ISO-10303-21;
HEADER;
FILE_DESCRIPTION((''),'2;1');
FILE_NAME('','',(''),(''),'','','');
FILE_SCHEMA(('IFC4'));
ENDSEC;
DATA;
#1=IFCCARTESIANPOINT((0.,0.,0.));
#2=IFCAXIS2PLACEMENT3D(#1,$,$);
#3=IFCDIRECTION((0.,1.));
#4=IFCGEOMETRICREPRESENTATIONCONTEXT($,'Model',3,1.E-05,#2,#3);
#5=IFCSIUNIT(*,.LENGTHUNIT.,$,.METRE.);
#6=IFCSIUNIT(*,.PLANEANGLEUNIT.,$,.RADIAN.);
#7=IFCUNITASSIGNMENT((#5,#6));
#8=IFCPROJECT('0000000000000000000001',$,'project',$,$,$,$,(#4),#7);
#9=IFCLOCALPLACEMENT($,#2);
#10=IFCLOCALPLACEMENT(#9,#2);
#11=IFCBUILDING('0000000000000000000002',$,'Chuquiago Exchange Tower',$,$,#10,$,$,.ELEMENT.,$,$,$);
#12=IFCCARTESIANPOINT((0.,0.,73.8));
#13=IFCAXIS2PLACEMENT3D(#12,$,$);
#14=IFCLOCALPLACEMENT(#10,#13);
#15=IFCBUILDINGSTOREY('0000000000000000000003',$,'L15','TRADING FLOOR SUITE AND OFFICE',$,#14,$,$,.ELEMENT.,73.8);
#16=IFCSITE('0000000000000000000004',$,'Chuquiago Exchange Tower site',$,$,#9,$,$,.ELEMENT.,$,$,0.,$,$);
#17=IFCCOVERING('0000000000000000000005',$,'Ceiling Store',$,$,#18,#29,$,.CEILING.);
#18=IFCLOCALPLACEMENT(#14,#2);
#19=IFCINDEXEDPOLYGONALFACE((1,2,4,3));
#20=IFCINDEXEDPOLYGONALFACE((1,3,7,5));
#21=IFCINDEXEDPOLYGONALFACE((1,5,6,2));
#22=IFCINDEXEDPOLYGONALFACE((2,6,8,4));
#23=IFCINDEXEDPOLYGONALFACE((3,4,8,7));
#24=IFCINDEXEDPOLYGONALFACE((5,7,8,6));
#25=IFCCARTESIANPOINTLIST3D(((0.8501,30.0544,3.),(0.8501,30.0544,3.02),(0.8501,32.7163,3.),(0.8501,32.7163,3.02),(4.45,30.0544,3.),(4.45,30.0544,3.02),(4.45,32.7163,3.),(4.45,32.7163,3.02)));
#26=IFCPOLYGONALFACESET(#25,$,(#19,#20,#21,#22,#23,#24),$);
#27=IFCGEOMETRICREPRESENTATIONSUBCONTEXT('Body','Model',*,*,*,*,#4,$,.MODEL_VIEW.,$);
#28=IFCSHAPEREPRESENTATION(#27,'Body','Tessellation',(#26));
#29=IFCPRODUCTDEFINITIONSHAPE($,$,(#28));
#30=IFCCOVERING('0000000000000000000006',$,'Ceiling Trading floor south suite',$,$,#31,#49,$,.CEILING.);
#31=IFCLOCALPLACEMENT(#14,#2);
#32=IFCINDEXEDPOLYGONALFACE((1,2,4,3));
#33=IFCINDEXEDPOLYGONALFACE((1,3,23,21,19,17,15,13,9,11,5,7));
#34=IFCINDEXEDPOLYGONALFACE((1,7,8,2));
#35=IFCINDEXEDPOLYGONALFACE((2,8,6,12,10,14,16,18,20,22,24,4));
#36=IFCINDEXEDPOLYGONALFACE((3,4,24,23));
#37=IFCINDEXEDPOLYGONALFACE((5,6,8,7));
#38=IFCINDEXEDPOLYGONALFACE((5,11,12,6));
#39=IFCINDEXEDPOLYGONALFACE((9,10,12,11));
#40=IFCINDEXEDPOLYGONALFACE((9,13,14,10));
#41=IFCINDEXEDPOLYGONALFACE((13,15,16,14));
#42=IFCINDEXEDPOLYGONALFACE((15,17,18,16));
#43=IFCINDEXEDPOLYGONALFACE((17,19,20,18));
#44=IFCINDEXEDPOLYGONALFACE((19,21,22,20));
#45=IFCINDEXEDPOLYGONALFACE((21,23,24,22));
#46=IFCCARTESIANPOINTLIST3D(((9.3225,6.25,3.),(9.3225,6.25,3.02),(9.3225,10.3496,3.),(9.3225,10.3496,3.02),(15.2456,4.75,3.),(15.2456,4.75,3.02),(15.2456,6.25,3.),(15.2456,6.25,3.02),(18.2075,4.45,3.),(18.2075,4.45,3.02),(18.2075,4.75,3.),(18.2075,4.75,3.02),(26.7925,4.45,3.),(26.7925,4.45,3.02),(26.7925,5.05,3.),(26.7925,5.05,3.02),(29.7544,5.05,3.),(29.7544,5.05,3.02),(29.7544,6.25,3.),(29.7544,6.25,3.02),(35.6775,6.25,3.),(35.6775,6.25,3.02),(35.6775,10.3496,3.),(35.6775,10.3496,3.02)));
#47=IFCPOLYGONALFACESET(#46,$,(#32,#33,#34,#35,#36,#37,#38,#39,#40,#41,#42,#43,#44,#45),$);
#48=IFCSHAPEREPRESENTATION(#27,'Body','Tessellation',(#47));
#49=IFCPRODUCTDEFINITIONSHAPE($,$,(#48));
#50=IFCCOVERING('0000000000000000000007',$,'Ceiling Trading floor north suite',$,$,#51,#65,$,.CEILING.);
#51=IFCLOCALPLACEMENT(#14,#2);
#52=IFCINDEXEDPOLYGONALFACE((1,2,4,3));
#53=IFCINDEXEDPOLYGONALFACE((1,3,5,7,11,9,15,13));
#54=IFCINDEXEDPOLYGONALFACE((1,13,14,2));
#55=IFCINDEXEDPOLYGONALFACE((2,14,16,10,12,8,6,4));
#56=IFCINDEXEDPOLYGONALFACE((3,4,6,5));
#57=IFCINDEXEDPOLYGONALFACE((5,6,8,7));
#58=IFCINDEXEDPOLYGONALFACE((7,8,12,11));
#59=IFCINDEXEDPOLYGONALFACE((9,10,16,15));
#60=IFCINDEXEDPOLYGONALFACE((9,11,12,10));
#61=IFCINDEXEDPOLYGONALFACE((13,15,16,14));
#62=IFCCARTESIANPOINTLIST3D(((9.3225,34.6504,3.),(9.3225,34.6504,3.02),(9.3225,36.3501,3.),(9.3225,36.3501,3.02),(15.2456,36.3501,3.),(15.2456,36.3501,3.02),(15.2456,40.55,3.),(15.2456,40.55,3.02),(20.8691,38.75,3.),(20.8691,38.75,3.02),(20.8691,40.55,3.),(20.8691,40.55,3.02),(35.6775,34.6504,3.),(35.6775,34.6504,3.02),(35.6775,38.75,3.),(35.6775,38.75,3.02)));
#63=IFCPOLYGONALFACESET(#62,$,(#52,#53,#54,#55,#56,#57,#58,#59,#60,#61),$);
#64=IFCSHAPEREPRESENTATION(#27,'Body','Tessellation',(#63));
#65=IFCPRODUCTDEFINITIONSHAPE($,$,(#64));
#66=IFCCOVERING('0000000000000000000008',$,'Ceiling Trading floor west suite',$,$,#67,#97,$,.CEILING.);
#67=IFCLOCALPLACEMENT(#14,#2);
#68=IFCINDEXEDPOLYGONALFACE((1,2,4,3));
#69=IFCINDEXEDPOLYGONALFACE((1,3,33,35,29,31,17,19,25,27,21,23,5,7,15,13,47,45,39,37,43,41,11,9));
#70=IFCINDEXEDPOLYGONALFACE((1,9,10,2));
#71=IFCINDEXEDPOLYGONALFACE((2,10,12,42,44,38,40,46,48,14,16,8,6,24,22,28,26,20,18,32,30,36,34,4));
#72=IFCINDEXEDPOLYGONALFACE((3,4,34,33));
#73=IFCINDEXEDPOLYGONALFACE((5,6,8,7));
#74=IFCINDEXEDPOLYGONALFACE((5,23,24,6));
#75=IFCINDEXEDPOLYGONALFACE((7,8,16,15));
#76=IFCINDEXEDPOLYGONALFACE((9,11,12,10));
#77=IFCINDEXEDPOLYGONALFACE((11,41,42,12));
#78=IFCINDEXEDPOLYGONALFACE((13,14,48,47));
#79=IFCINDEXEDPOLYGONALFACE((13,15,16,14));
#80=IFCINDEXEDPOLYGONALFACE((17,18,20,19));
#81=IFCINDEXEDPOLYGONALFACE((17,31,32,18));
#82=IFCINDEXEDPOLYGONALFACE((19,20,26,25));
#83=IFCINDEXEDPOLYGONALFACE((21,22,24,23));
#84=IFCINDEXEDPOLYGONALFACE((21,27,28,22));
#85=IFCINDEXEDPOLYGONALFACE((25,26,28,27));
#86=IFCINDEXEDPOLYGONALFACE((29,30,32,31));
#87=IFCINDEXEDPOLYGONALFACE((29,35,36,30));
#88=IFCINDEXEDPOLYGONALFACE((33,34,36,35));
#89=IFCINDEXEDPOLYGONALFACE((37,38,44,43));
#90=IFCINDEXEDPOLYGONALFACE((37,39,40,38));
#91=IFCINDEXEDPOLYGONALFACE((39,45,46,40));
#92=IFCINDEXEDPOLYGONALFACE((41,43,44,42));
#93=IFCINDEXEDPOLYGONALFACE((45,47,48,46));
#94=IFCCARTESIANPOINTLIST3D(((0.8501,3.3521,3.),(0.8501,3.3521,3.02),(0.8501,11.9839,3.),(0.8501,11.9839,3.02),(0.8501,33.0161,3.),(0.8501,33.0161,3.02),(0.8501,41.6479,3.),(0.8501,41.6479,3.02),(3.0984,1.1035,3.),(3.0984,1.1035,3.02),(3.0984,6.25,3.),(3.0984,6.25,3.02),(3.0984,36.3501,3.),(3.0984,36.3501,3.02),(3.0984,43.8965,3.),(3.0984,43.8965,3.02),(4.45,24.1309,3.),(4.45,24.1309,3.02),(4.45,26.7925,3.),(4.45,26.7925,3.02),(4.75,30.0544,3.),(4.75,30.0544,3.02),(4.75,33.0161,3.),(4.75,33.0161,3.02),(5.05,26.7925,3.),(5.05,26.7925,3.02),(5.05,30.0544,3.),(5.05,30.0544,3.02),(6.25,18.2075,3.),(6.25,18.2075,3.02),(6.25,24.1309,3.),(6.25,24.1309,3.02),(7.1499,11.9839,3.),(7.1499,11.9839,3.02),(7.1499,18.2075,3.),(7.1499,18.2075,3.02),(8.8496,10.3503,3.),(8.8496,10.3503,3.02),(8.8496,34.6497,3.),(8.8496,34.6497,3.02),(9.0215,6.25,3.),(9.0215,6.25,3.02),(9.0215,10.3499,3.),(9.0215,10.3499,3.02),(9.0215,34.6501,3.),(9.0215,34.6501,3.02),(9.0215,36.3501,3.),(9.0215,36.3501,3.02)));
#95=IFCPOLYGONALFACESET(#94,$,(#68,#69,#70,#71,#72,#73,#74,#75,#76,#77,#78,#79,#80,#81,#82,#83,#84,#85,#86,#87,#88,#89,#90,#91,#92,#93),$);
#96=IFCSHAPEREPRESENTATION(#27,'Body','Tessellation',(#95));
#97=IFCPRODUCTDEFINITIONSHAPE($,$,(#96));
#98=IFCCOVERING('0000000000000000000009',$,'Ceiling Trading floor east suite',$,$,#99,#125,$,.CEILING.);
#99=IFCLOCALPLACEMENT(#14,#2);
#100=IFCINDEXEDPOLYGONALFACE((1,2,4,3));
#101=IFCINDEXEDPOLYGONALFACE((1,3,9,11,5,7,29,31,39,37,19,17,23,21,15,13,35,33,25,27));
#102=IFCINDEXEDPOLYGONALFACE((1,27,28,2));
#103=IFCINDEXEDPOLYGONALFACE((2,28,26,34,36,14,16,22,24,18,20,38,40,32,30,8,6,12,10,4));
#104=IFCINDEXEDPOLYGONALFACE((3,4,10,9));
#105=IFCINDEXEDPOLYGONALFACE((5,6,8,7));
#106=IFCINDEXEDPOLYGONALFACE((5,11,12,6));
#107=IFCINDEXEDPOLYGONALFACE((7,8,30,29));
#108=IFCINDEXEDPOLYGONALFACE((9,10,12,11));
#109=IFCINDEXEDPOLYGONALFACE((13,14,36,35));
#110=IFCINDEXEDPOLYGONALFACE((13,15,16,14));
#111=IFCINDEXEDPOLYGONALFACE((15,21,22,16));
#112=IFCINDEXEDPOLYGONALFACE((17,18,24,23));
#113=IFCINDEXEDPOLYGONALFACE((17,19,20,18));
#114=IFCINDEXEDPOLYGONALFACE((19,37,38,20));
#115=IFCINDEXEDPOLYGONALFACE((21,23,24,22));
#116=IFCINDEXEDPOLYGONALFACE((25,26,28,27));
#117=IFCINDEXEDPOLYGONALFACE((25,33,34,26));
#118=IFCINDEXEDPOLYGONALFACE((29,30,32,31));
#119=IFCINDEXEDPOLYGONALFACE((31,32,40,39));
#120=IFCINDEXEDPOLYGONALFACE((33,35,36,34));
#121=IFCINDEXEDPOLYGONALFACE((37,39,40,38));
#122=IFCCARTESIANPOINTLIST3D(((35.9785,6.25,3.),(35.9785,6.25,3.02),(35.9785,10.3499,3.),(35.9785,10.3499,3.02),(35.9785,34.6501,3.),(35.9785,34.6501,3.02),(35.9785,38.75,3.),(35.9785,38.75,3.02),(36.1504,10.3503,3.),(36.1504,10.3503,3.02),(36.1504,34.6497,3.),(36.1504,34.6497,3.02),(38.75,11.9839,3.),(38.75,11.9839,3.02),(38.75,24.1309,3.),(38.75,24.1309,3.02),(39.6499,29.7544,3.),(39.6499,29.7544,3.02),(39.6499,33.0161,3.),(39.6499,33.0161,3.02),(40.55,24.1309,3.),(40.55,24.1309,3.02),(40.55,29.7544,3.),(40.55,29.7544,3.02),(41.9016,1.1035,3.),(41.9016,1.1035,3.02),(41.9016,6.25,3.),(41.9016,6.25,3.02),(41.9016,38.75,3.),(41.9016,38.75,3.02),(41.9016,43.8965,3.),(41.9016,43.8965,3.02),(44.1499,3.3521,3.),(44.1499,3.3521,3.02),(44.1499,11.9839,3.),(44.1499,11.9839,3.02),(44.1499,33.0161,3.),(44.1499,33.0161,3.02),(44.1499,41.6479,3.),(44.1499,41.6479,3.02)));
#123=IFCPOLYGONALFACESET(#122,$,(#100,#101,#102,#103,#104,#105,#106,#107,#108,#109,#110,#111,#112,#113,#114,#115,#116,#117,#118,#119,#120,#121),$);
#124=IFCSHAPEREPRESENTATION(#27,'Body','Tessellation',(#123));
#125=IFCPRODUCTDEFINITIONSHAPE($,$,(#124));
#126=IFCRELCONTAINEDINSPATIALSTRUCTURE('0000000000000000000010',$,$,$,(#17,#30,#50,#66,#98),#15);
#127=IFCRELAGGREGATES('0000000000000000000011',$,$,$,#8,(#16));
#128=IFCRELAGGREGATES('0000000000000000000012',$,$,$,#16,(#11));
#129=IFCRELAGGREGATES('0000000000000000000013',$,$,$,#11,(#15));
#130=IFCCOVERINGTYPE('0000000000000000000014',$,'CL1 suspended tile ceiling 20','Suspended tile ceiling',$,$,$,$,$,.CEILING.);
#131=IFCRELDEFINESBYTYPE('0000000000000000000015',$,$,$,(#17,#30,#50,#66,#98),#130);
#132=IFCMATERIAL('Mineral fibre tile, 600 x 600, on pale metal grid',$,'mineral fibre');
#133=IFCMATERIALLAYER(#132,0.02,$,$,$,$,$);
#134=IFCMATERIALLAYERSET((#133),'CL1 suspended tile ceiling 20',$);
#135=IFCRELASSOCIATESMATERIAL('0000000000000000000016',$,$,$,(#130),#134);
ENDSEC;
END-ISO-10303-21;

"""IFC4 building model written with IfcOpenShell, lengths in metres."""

from ifc_helpers import new_model, si_unit, direction, frame, origin, place, context, subcontext, project, spatial, polyline, outline, extrude, material, layer, layer_set, type_object, element, save


model = new_model("IFC4")

# Units and contexts
model_context = context("Model", 3, precision=1e-05, world=origin(), true_north=direction((0.0, 1.0)))
body_context = subcontext(model_context, "Body", "Model", "MODEL_VIEW")
ifc_project = project(units=[si_unit("LENGTHUNIT", "METRE"), si_unit("PLANEANGLEUNIT", "RADIAN")], contexts=[model_context])

# Site, building, storey
site_placement = place(None, origin())
site = spatial("IfcSite", under=ifc_project, at=site_placement, Name="Chuquiago Exchange Tower site", CompositionType="ELEMENT", RefElevation=0.0)
building_placement = place(site_placement, origin())
building = spatial("IfcBuilding", under=site, at=building_placement, Name="Chuquiago Exchange Tower", CompositionType="ELEMENT")
storey_placement = place(building_placement, frame((0.0, 0.0, 73.8)))
storey = spatial("IfcBuildingStorey", under=building, at=storey_placement, Name="L15", Description="TRADING FLOOR SUITE AND OFFICE", CompositionType="ELEMENT", Elevation=73.8)

# Coverings
ifc_material_1 = material(Name="Mineral fibre tile, 600 x 600, on pale metal grid", Category="mineral fibre")
ifc_layer_1 = layer(ifc_material_1, 0.02)
ifc_layer_set_1 = layer_set([ifc_layer_1], Name="CL1 suspended tile ceiling 20")
covering_type_1 = type_object("IfcCoveringType", Name="CL1 suspended tile ceiling 20", Description="Suspended tile ceiling", PredefinedType="CEILING", material=ifc_layer_set_1)
covering_1_placement = place(storey_placement, frame((0.0, 0.0, 3.0)))
element("IfcCovering", 1, at=covering_1_placement, inside=storey, type_object=covering_type_1, Name="Ceiling Store", PredefinedType="CEILING", context=body_context, shape_type="SweptSolid", body=[
    extrude(outline(polyline([(4.45, 32.7163), (4.45, 30.0544), (0.8501, 30.0544), (0.8501, 32.7163), (4.45, 32.7163)])), origin(), (0.0, 0.0, 1.0), 0.02),
])
covering_2_placement = place(storey_placement, frame((0.0, 0.0, 3.0)))
element("IfcCovering", 2, at=covering_2_placement, inside=storey, type_object=covering_type_1, Name="Ceiling Trading floor south suite", PredefinedType="CEILING", context=body_context, shape_type="SweptSolid", body=[
    extrude(outline(polyline([(29.7544, 6.25), (29.7544, 5.05), (26.7925, 5.05), (26.7925, 4.45), (18.2075, 4.45), (18.2075, 4.75), (15.2456, 4.75), (15.2456, 6.25), (9.3225, 6.25), (9.3225, 10.3496), (35.6775, 10.3496), (35.6775, 6.25), (29.7544, 6.25)])), origin(), (0.0, 0.0, 1.0), 0.02),
])
covering_3_placement = place(storey_placement, frame((0.0, 0.0, 3.0)))
element("IfcCovering", 3, at=covering_3_placement, inside=storey, type_object=covering_type_1, Name="Ceiling Trading floor north suite", PredefinedType="CEILING", context=body_context, shape_type="SweptSolid", body=[
    extrude(outline(polyline([(15.2456, 40.55), (20.8691, 40.55), (20.8691, 38.75), (35.6775, 38.75), (35.6775, 34.6504), (9.3225, 34.6504), (9.3225, 36.3501), (15.2456, 36.3501), (15.2456, 40.55)])), origin(), (0.0, 0.0, 1.0), 0.02),
])
covering_4_placement = place(storey_placement, frame((0.0, 0.0, 3.0)))
element("IfcCovering", 4, at=covering_4_placement, inside=storey, type_object=covering_type_1, Name="Ceiling Trading floor west suite", PredefinedType="CEILING", context=body_context, shape_type="SweptSolid", body=[
    extrude(outline(polyline([(3.0984, 36.3501), (9.0215, 36.3501), (9.0215, 34.6501), (8.8496, 34.6497), (8.8496, 10.3503), (9.0215, 10.3499), (9.0215, 6.25), (3.0984, 6.25), (3.0984, 1.1035), (0.8501, 3.3521), (0.8501, 11.9839), (7.1499, 11.9839), (7.1499, 18.2075), (6.25, 18.2075), (6.25, 24.1309), (4.45, 24.1309), (4.45, 26.7925), (5.05, 26.7925), (5.05, 30.0544), (4.75, 30.0544), (4.75, 33.0161), (0.8501, 33.0161), (0.8501, 41.6479), (3.0984, 43.8965), (3.0984, 36.3501)])), origin(), (0.0, 0.0, 1.0), 0.02),
])
covering_5_placement = place(storey_placement, frame((0.0, 0.0, 3.0)))
element("IfcCovering", 5, at=covering_5_placement, inside=storey, type_object=covering_type_1, Name="Ceiling Trading floor east suite", PredefinedType="CEILING", context=body_context, shape_type="SweptSolid", body=[
    extrude(outline(polyline([(41.9016, 38.75), (41.9016, 43.8965), (44.1499, 41.6479), (44.1499, 33.0161), (39.6499, 33.0161), (39.6499, 29.7544), (40.55, 29.7544), (40.55, 24.1309), (38.75, 24.1309), (38.75, 11.9839), (44.1499, 11.9839), (44.1499, 3.3521), (41.9016, 1.1035), (41.9016, 6.25), (35.9785, 6.25), (35.9785, 10.3499), (36.1504, 10.3503), (36.1504, 34.6497), (35.9785, 34.6501), (35.9785, 38.75), (41.9016, 38.75)])), origin(), (0.0, 0.0, 1.0), 0.02),
])

save(model, "model.ifc")
